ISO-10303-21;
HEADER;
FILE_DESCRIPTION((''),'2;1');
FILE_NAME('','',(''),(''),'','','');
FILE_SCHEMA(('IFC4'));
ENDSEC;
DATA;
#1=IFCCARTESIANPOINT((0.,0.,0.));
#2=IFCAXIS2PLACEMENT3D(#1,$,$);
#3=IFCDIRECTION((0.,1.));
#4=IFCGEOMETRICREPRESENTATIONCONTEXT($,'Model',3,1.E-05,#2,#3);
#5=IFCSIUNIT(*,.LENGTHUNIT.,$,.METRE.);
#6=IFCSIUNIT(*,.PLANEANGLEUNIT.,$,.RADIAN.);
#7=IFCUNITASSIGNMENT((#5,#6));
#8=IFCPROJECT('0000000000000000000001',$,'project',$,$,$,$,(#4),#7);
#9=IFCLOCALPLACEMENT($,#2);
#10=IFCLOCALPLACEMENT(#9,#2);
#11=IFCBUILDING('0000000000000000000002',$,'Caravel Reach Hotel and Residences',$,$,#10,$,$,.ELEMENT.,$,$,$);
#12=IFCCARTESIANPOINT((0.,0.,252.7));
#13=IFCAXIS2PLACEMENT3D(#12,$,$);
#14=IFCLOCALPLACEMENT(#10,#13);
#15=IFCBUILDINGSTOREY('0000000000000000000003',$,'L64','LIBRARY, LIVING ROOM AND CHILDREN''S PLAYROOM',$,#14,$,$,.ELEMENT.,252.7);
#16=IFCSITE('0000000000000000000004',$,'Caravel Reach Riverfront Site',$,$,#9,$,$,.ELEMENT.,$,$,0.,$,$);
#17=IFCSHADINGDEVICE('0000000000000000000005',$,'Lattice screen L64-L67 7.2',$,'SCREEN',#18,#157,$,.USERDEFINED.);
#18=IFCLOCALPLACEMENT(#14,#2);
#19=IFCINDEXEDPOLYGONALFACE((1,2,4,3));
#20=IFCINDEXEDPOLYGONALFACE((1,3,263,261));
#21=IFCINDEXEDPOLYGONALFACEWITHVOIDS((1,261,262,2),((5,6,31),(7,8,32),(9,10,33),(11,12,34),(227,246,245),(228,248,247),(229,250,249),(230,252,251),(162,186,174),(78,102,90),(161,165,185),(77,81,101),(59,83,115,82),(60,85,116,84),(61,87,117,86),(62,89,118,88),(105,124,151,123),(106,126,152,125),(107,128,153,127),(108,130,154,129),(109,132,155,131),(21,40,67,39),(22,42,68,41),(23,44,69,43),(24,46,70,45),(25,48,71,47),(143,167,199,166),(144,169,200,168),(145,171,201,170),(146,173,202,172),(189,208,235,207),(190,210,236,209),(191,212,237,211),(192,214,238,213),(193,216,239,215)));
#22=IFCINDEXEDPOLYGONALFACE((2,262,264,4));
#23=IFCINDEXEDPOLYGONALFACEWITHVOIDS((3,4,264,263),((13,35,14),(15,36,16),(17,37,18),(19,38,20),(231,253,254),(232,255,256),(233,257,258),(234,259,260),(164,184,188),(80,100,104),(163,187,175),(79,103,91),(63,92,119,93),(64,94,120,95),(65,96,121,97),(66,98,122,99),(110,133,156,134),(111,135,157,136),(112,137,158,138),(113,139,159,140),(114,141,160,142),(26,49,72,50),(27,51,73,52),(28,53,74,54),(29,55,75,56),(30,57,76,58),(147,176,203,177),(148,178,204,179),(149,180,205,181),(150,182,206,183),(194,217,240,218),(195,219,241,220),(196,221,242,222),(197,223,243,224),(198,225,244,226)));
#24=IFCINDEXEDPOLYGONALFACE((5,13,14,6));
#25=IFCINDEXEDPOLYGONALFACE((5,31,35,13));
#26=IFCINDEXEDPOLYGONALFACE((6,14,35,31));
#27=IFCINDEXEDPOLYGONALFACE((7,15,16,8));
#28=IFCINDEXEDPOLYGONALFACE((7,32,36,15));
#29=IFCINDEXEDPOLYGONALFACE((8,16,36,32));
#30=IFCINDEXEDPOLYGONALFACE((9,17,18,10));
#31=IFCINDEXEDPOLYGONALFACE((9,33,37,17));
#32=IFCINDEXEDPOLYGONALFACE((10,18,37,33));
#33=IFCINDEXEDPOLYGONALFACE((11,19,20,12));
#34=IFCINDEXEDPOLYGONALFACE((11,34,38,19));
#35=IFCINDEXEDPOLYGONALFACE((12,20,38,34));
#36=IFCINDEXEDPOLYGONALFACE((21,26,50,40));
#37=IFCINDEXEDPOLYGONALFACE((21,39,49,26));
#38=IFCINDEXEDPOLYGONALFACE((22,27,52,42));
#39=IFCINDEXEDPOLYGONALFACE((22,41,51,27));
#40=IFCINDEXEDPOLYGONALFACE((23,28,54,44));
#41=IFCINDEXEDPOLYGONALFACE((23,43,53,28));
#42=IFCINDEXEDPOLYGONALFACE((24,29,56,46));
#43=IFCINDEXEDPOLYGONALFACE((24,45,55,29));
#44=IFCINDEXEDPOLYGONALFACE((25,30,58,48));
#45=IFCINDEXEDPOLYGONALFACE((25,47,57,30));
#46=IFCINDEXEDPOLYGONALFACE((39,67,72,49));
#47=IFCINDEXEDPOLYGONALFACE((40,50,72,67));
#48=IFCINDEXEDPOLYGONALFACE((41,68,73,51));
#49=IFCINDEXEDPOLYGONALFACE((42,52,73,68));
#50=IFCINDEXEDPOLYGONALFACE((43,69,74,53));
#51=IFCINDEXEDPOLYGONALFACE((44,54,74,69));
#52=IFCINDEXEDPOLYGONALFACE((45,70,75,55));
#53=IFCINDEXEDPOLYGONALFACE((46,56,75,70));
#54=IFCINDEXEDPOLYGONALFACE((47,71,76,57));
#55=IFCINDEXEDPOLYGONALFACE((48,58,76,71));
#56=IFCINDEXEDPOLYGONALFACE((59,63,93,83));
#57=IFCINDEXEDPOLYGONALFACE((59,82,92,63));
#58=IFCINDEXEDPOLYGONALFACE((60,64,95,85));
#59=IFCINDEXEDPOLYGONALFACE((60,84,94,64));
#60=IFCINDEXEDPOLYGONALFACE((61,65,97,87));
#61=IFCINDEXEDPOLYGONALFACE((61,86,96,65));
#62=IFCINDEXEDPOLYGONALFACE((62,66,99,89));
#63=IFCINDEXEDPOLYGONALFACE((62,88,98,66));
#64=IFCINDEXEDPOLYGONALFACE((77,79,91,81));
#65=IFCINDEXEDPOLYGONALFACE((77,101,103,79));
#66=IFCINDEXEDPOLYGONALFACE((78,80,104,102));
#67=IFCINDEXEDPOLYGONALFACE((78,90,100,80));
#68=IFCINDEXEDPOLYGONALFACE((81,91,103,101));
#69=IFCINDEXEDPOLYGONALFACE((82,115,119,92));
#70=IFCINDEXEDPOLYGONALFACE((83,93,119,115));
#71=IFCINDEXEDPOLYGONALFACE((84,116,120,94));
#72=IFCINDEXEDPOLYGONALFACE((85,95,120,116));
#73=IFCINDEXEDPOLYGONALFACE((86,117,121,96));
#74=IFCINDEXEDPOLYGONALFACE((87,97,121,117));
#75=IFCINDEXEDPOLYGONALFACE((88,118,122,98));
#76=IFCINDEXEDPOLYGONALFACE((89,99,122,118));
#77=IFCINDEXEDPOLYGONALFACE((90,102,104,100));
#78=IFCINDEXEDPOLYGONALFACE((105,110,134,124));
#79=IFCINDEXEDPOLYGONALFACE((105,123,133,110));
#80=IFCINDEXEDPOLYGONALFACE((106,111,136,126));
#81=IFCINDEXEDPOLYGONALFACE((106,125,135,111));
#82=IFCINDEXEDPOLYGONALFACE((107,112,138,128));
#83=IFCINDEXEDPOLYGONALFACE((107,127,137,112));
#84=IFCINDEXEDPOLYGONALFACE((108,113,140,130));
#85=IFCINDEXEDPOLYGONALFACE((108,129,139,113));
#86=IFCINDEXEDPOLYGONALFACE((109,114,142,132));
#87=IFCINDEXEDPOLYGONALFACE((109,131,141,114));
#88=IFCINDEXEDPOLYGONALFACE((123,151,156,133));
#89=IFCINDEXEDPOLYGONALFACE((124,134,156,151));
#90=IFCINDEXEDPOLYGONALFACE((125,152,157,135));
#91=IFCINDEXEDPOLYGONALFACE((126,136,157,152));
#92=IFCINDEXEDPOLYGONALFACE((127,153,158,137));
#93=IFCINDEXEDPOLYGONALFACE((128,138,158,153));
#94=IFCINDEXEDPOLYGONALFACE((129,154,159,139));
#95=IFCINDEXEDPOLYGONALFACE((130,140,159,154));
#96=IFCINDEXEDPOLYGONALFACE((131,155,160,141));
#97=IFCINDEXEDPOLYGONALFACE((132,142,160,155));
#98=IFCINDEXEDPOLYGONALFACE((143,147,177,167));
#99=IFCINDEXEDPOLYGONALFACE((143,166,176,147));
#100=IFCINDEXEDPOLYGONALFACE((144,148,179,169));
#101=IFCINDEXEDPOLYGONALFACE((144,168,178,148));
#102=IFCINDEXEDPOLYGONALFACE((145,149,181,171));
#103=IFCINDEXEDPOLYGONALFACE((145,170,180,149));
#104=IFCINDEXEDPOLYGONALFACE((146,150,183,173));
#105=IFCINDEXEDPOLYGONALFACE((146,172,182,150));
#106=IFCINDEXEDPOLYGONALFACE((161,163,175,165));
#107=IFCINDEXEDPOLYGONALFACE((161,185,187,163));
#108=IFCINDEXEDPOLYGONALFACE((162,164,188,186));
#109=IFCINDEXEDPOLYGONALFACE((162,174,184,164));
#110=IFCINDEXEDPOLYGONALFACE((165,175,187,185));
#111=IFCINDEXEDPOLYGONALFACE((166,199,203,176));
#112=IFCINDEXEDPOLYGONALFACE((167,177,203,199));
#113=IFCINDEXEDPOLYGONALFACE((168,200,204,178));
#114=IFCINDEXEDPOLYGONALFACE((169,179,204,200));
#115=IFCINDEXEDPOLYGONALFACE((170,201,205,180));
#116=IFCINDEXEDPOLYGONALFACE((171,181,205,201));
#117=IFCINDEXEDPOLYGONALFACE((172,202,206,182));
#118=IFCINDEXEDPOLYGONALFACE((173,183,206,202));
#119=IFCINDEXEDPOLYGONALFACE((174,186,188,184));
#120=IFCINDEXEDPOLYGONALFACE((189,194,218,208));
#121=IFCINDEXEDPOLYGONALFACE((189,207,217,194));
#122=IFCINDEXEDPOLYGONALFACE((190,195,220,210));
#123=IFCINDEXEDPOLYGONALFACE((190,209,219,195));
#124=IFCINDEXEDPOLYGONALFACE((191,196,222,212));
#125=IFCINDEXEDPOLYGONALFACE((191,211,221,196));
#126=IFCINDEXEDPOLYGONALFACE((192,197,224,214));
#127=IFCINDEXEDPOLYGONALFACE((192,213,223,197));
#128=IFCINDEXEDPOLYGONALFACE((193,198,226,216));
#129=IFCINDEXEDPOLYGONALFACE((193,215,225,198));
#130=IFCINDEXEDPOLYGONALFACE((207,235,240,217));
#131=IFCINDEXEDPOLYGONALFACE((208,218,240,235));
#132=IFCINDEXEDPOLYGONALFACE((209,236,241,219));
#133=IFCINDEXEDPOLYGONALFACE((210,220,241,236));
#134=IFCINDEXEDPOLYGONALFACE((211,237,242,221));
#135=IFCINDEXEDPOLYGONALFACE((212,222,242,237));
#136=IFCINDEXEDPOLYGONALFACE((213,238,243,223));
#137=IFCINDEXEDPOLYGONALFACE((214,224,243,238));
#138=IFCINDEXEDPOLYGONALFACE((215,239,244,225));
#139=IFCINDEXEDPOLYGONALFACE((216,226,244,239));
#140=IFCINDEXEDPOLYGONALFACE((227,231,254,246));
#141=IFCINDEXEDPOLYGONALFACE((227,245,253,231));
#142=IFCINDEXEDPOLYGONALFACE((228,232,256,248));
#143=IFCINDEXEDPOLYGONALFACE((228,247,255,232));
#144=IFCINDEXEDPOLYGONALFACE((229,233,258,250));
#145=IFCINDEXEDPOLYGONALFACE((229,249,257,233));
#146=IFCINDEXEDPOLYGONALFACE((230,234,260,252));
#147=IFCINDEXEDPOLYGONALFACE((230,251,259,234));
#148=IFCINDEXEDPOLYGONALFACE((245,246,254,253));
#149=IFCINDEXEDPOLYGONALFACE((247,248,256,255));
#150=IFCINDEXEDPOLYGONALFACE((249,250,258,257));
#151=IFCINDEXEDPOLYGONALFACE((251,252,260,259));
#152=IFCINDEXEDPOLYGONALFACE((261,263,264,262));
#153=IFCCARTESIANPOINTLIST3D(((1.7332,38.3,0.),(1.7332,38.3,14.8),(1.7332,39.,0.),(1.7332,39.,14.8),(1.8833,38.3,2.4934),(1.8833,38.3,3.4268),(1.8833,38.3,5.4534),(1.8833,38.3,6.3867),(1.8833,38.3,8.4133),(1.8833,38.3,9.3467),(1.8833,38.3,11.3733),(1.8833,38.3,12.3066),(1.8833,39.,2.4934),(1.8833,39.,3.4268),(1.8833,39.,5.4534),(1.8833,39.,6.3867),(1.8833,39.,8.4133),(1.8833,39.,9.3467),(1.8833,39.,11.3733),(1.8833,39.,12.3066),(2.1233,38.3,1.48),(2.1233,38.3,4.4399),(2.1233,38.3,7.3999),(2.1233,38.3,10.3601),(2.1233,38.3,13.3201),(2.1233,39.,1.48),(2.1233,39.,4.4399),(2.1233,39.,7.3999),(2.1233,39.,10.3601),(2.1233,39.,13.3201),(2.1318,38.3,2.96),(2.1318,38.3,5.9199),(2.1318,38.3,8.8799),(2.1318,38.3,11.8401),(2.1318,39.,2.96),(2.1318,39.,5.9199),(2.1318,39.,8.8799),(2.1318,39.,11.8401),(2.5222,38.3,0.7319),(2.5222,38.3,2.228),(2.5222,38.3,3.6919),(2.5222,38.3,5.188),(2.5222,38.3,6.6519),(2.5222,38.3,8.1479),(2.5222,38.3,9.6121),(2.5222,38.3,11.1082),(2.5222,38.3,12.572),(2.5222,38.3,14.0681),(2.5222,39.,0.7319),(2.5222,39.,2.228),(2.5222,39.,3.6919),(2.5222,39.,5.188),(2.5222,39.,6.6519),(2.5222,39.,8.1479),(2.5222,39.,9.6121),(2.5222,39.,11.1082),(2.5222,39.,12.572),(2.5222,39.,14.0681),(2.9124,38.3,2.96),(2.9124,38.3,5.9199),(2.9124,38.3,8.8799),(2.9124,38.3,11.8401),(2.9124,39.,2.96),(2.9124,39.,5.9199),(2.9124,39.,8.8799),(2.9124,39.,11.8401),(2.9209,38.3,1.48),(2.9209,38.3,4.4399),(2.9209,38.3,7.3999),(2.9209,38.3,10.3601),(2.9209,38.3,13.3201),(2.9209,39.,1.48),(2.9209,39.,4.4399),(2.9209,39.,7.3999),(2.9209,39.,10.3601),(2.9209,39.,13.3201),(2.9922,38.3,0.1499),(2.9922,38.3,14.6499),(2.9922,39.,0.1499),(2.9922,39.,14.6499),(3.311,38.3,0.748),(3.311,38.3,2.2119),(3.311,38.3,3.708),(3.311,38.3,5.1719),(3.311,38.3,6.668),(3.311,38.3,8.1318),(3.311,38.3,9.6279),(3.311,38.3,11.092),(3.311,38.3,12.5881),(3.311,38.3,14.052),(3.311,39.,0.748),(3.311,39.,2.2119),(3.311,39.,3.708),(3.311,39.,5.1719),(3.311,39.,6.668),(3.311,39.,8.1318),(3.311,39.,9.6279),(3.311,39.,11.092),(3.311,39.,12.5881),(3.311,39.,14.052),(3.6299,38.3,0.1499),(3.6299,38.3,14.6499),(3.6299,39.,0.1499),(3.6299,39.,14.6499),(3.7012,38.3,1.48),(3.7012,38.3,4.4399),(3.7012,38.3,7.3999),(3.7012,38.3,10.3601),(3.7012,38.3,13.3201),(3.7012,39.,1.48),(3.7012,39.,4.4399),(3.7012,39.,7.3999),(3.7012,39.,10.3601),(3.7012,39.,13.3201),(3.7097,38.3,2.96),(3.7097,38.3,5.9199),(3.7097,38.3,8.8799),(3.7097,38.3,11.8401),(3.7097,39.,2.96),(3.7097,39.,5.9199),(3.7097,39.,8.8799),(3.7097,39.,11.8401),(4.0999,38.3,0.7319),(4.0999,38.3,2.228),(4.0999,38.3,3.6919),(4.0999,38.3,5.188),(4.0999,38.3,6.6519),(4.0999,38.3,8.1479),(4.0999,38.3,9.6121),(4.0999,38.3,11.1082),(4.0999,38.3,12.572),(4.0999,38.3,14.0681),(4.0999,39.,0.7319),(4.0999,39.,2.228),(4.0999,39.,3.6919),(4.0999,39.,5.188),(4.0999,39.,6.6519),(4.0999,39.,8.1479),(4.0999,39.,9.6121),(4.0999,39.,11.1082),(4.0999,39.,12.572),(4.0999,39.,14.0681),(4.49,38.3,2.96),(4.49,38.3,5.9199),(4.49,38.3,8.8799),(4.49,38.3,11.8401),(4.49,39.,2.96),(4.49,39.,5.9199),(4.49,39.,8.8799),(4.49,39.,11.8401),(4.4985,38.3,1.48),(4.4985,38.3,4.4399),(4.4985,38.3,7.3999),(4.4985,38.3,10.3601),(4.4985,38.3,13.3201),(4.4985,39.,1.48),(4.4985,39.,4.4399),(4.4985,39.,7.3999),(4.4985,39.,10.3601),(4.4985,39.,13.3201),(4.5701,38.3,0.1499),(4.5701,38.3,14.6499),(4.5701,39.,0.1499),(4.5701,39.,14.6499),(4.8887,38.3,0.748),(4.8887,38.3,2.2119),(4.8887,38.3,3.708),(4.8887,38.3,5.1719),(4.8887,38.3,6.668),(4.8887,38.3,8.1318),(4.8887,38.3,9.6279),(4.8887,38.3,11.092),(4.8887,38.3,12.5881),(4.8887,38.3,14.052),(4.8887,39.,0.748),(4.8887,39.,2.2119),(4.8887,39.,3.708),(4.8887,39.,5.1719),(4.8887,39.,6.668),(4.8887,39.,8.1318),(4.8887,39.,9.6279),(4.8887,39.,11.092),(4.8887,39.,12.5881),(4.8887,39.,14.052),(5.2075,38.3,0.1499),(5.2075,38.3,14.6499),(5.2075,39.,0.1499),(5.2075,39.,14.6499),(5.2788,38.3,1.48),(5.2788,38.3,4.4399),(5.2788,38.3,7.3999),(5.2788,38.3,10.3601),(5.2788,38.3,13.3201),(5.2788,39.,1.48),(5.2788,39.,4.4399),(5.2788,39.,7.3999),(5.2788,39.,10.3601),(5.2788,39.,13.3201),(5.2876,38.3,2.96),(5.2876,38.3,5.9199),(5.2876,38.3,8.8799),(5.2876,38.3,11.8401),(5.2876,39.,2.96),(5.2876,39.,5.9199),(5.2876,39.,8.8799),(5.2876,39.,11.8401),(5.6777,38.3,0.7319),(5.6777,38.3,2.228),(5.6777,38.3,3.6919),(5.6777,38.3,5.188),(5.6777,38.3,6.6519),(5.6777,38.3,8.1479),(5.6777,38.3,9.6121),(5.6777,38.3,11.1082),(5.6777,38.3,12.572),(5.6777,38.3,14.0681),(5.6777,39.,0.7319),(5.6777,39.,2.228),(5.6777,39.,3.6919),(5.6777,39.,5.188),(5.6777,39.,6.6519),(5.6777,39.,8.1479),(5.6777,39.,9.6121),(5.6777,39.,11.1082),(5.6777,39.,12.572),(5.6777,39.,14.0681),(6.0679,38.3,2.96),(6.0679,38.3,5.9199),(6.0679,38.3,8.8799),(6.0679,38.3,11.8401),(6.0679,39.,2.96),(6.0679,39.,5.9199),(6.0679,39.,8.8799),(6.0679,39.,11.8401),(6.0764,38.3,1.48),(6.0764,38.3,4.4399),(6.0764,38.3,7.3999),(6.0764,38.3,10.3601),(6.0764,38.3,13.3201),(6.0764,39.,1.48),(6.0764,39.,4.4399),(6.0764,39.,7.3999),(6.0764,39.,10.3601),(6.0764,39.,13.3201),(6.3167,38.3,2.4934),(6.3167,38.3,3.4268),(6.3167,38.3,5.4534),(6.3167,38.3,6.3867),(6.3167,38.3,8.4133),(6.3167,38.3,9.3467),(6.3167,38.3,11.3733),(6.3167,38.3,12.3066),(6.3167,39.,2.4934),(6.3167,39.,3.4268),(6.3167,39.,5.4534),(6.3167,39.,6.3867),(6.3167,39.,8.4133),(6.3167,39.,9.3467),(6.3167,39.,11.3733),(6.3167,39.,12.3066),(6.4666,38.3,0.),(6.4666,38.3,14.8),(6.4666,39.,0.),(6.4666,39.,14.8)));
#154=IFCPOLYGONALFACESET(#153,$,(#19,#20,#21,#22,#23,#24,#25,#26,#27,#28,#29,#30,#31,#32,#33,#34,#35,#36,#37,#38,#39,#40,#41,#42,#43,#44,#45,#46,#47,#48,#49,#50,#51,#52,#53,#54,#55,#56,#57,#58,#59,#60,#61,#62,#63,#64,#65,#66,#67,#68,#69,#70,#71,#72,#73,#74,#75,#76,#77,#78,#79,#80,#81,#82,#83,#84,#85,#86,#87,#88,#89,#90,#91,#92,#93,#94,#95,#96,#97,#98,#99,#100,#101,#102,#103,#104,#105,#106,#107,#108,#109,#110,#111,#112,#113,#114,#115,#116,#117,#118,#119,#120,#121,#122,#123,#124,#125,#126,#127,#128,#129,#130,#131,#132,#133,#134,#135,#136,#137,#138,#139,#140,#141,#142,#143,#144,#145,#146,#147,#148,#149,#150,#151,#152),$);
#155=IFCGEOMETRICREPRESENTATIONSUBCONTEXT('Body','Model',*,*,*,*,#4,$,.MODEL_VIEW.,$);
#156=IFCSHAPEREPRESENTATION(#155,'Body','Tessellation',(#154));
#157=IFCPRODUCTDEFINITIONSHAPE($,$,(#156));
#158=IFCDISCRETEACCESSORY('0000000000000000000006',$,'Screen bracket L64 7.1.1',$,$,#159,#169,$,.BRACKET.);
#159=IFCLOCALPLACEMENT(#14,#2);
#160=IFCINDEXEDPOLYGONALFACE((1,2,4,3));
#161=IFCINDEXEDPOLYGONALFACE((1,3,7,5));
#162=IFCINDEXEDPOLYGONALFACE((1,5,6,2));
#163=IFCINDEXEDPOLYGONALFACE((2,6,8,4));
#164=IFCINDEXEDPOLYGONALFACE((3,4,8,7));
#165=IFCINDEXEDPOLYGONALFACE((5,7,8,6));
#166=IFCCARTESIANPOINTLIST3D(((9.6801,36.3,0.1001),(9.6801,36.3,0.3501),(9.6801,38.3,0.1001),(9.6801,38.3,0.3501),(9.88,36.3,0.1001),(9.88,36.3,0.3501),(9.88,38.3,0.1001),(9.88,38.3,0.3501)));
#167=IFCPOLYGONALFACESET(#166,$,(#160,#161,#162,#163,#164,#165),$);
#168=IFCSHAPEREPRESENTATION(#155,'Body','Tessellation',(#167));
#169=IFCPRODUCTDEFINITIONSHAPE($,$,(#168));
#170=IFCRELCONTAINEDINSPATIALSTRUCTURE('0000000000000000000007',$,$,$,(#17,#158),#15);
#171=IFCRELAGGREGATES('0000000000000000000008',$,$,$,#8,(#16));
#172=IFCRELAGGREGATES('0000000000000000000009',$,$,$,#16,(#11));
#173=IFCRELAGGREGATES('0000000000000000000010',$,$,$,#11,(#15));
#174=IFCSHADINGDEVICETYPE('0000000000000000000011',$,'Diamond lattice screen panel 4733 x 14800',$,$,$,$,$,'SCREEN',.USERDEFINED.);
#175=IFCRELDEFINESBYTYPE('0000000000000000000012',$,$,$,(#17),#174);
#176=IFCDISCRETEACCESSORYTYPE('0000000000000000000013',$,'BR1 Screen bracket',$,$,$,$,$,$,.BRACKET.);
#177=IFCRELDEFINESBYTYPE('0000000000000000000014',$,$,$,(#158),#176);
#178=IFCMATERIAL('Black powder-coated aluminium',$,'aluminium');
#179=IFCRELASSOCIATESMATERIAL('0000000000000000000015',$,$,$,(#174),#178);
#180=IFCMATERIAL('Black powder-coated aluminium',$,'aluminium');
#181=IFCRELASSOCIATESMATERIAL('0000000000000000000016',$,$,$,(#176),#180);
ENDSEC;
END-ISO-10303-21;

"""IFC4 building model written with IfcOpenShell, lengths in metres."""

from ifc_helpers import new_model, si_unit, direction, frame, origin, origin_2d, place, context, subcontext, project, spatial, polyline, rectangle, outline, extrude, material, type_object, element, save


model = new_model("IFC4")

# Units and contexts
model_context = context("Model", 3, precision=1e-05, world=origin(), true_north=direction((0.0, 1.0)))
body_context = subcontext(model_context, "Body", "Model", "MODEL_VIEW")
ifc_project = project(units=[si_unit("LENGTHUNIT", "METRE"), si_unit("PLANEANGLEUNIT", "RADIAN")], contexts=[model_context])

# Site, building, storey
site_placement = place(None, origin())
site = spatial("IfcSite", under=ifc_project, at=site_placement, Name="Caravel Reach Riverfront Site", CompositionType="ELEMENT", RefElevation=0.0)
building_placement = place(site_placement, origin())
building = spatial("IfcBuilding", under=site, at=building_placement, Name="Caravel Reach Hotel and Residences", CompositionType="ELEMENT")
storey_placement = place(building_placement, frame((0.0, 0.0, 252.7)))
storey = spatial("IfcBuildingStorey", under=building, at=storey_placement, Name="L64", Description="LIBRARY, LIVING ROOM AND CHILDREN'S PLAYROOM", CompositionType="ELEMENT", Elevation=252.7)

# Shading device
ifc_material_1 = material(Name="Black powder-coated aluminium", Category="aluminium")
shading_device_type = type_object("IfcShadingDeviceType", Name="Diamond lattice screen panel 4733 x 14800", ElementType="SCREEN", PredefinedType="USERDEFINED", material=ifc_material_1)
shading_device_placement = place(storey_placement, frame((6.4666, 38.3, 0.0), z_axis=(0.0, 1.0, 0.0), x_axis=(-1.0, 0.0, 0.0)))
element("IfcShadingDevice", 1, at=shading_device_placement, inside=storey, type_object=shading_device_type, Name="Lattice screen L64-L67 7.2", ObjectType="SCREEN", PredefinedType="USERDEFINED", context=body_context, shape_type="SweptSolid", body=[
    extrude(outline(polyline([(0.0, 0.0), (4.7334, 0.0), (4.7334, 14.8), (0.0, 14.8), (0.0, 0.0)]), holes=[polyline([(0.3987, 2.96), (0.1499, 3.4268), (0.1499, 2.4934), (0.3987, 2.96)]), polyline([(0.3987, 5.9199), (0.1499, 6.3867), (0.1499, 5.4534), (0.3987, 5.9199)]), polyline([(0.3987, 8.8799), (0.1499, 9.3467), (0.1499, 8.4133), (0.3987, 8.8799)]), polyline([(0.3987, 11.8401), (0.1499, 12.3066), (0.1499, 11.3733), (0.3987, 11.8401)]), polyline([(0.7888, 2.228), (0.3901, 1.48), (0.7888, 0.7319), (1.1877, 1.48), (0.7888, 2.228)]), polyline([(0.7888, 5.188), (0.3901, 4.4399), (0.7888, 3.6919), (1.1877, 4.4399), (0.7888, 5.188)]), polyline([(0.7888, 8.1479), (0.3901, 7.3999), (0.7888, 6.6519), (1.1877, 7.3999), (0.7888, 8.1479)]), polyline([(0.7888, 11.1082), (0.3901, 10.3601), (0.7888, 9.6121), (1.1877, 10.3601), (0.7888, 11.1082)]), polyline([(0.7888, 14.0681), (0.3901, 13.3201), (0.7888, 12.572), (1.1877, 13.3201), (0.7888, 14.0681)]), polyline([(1.5779, 0.748), (1.259, 0.1499), (1.8965, 0.1499), (1.5779, 0.748)]), polyline([(1.5779, 3.708), (1.179, 2.96), (1.5779, 2.2119), (1.9766, 2.96), (1.5779, 3.708)]), polyline([(1.5779, 6.668), (1.179, 5.9199), (1.5779, 5.1719), (1.9766, 5.9199), (1.5779, 6.668)]), polyline([(1.5779, 9.6279), (1.179, 8.8799), (1.5779, 8.1318), (1.9766, 8.8799), (1.5779, 9.6279)]), polyline([(1.5779, 12.5881), (1.179, 11.8401), (1.5779, 11.092), (1.9766, 11.8401), (1.5779, 12.5881)]), polyline([(1.5779, 14.052), (1.8965, 14.6499), (1.259, 14.6499), (1.5779, 14.052)]), polyline([(2.3667, 2.228), (1.968, 1.48), (2.3667, 0.7319), (2.7654, 1.48), (2.3667, 2.228)]), polyline([(2.3667, 5.188), (1.968, 4.4399), (2.3667, 3.6919), (2.7654, 4.4399), (2.3667, 5.188)]), polyline([(2.3667, 8.1479), (1.968, 7.3999), (2.3667, 6.6519), (2.7654, 7.3999), (2.3667, 8.1479)]), polyline([(2.3667, 11.1082), (1.968, 10.3601), (2.3667, 9.6121), (2.7654, 10.3601), (2.3667, 11.1082)]), polyline([(2.3667, 14.0681), (1.968, 13.3201), (2.3667, 12.572), (2.7654, 13.3201), (2.3667, 14.0681)]), polyline([(3.1555, 0.748), (2.8367, 0.1499), (3.4744, 0.1499), (3.1555, 0.748)]), polyline([(3.1555, 3.708), (2.7568, 2.96), (3.1555, 2.2119), (3.5542, 2.96), (3.1555, 3.708)]), polyline([(3.1555, 6.668), (2.7568, 5.9199), (3.1555, 5.1719), (3.5542, 5.9199), (3.1555, 6.668)]), polyline([(3.1555, 9.6279), (2.7568, 8.8799), (3.1555, 8.1318), (3.5542, 8.8799), (3.1555, 9.6279)]), polyline([(3.1555, 12.5881), (2.7568, 11.8401), (3.1555, 11.092), (3.5542, 11.8401), (3.1555, 12.5881)]), polyline([(3.1555, 14.052), (3.4744, 14.6499), (2.8367, 14.6499), (3.1555, 14.052)]), polyline([(3.9443, 2.228), (3.5457, 1.48), (3.9443, 0.7319), (4.3433, 1.48), (3.9443, 2.228)]), polyline([(3.9443, 5.188), (3.5457, 4.4399), (3.9443, 3.6919), (4.3433, 4.4399), (3.9443, 5.188)]), polyline([(3.9443, 8.1479), (3.5457, 7.3999), (3.9443, 6.6519), (4.3433, 7.3999), (3.9443, 8.1479)]), polyline([(3.9443, 11.1082), (3.5457, 10.3601), (3.9443, 9.6121), (4.3433, 10.3601), (3.9443, 11.1082)]), polyline([(3.9443, 14.0681), (3.5457, 13.3201), (3.9443, 12.572), (4.3433, 13.3201), (3.9443, 14.0681)]), polyline([(4.3347, 2.96), (4.5833, 2.4934), (4.5833, 3.4268), (4.3347, 2.96)]), polyline([(4.3347, 5.9199), (4.5833, 5.4534), (4.5833, 6.3867), (4.3347, 5.9199)]), polyline([(4.3347, 8.8799), (4.5833, 8.4133), (4.5833, 9.3467), (4.3347, 8.8799)]), polyline([(4.3347, 11.8401), (4.5833, 11.3733), (4.5833, 12.3066), (4.3347, 11.8401)])]), origin(), (0.0, 0.0, 1.0), 0.7),
])

# Discrete accessory
ifc_material_2 = material(Name="Black powder-coated aluminium", Category="aluminium")
discrete_accessory_type = type_object("IfcDiscreteAccessoryType", Name="BR1 Screen bracket", PredefinedType="BRACKET", material=ifc_material_2)
for number, where, z_axis, x_axis, name in (
    (2, (9.78, 37.3, 0.1001), (0.0, 0.0, 1.0), (0.0, 1.0, 0.0), "Screen bracket L64 7.1.1"),
):
    element("IfcDiscreteAccessory", number, at=place(storey_placement, frame(where, z_axis=z_axis, x_axis=x_axis)), inside=storey, type_object=discrete_accessory_type, Name=name, PredefinedType="BRACKET", context=body_context, shape_type="SweptSolid", body=[
        extrude(rectangle(XDim=2.0, YDim=0.2, at=origin_2d()), origin(), (0.0, 0.0, 1.0), 0.25),
    ])

save(model, "model.ifc")
